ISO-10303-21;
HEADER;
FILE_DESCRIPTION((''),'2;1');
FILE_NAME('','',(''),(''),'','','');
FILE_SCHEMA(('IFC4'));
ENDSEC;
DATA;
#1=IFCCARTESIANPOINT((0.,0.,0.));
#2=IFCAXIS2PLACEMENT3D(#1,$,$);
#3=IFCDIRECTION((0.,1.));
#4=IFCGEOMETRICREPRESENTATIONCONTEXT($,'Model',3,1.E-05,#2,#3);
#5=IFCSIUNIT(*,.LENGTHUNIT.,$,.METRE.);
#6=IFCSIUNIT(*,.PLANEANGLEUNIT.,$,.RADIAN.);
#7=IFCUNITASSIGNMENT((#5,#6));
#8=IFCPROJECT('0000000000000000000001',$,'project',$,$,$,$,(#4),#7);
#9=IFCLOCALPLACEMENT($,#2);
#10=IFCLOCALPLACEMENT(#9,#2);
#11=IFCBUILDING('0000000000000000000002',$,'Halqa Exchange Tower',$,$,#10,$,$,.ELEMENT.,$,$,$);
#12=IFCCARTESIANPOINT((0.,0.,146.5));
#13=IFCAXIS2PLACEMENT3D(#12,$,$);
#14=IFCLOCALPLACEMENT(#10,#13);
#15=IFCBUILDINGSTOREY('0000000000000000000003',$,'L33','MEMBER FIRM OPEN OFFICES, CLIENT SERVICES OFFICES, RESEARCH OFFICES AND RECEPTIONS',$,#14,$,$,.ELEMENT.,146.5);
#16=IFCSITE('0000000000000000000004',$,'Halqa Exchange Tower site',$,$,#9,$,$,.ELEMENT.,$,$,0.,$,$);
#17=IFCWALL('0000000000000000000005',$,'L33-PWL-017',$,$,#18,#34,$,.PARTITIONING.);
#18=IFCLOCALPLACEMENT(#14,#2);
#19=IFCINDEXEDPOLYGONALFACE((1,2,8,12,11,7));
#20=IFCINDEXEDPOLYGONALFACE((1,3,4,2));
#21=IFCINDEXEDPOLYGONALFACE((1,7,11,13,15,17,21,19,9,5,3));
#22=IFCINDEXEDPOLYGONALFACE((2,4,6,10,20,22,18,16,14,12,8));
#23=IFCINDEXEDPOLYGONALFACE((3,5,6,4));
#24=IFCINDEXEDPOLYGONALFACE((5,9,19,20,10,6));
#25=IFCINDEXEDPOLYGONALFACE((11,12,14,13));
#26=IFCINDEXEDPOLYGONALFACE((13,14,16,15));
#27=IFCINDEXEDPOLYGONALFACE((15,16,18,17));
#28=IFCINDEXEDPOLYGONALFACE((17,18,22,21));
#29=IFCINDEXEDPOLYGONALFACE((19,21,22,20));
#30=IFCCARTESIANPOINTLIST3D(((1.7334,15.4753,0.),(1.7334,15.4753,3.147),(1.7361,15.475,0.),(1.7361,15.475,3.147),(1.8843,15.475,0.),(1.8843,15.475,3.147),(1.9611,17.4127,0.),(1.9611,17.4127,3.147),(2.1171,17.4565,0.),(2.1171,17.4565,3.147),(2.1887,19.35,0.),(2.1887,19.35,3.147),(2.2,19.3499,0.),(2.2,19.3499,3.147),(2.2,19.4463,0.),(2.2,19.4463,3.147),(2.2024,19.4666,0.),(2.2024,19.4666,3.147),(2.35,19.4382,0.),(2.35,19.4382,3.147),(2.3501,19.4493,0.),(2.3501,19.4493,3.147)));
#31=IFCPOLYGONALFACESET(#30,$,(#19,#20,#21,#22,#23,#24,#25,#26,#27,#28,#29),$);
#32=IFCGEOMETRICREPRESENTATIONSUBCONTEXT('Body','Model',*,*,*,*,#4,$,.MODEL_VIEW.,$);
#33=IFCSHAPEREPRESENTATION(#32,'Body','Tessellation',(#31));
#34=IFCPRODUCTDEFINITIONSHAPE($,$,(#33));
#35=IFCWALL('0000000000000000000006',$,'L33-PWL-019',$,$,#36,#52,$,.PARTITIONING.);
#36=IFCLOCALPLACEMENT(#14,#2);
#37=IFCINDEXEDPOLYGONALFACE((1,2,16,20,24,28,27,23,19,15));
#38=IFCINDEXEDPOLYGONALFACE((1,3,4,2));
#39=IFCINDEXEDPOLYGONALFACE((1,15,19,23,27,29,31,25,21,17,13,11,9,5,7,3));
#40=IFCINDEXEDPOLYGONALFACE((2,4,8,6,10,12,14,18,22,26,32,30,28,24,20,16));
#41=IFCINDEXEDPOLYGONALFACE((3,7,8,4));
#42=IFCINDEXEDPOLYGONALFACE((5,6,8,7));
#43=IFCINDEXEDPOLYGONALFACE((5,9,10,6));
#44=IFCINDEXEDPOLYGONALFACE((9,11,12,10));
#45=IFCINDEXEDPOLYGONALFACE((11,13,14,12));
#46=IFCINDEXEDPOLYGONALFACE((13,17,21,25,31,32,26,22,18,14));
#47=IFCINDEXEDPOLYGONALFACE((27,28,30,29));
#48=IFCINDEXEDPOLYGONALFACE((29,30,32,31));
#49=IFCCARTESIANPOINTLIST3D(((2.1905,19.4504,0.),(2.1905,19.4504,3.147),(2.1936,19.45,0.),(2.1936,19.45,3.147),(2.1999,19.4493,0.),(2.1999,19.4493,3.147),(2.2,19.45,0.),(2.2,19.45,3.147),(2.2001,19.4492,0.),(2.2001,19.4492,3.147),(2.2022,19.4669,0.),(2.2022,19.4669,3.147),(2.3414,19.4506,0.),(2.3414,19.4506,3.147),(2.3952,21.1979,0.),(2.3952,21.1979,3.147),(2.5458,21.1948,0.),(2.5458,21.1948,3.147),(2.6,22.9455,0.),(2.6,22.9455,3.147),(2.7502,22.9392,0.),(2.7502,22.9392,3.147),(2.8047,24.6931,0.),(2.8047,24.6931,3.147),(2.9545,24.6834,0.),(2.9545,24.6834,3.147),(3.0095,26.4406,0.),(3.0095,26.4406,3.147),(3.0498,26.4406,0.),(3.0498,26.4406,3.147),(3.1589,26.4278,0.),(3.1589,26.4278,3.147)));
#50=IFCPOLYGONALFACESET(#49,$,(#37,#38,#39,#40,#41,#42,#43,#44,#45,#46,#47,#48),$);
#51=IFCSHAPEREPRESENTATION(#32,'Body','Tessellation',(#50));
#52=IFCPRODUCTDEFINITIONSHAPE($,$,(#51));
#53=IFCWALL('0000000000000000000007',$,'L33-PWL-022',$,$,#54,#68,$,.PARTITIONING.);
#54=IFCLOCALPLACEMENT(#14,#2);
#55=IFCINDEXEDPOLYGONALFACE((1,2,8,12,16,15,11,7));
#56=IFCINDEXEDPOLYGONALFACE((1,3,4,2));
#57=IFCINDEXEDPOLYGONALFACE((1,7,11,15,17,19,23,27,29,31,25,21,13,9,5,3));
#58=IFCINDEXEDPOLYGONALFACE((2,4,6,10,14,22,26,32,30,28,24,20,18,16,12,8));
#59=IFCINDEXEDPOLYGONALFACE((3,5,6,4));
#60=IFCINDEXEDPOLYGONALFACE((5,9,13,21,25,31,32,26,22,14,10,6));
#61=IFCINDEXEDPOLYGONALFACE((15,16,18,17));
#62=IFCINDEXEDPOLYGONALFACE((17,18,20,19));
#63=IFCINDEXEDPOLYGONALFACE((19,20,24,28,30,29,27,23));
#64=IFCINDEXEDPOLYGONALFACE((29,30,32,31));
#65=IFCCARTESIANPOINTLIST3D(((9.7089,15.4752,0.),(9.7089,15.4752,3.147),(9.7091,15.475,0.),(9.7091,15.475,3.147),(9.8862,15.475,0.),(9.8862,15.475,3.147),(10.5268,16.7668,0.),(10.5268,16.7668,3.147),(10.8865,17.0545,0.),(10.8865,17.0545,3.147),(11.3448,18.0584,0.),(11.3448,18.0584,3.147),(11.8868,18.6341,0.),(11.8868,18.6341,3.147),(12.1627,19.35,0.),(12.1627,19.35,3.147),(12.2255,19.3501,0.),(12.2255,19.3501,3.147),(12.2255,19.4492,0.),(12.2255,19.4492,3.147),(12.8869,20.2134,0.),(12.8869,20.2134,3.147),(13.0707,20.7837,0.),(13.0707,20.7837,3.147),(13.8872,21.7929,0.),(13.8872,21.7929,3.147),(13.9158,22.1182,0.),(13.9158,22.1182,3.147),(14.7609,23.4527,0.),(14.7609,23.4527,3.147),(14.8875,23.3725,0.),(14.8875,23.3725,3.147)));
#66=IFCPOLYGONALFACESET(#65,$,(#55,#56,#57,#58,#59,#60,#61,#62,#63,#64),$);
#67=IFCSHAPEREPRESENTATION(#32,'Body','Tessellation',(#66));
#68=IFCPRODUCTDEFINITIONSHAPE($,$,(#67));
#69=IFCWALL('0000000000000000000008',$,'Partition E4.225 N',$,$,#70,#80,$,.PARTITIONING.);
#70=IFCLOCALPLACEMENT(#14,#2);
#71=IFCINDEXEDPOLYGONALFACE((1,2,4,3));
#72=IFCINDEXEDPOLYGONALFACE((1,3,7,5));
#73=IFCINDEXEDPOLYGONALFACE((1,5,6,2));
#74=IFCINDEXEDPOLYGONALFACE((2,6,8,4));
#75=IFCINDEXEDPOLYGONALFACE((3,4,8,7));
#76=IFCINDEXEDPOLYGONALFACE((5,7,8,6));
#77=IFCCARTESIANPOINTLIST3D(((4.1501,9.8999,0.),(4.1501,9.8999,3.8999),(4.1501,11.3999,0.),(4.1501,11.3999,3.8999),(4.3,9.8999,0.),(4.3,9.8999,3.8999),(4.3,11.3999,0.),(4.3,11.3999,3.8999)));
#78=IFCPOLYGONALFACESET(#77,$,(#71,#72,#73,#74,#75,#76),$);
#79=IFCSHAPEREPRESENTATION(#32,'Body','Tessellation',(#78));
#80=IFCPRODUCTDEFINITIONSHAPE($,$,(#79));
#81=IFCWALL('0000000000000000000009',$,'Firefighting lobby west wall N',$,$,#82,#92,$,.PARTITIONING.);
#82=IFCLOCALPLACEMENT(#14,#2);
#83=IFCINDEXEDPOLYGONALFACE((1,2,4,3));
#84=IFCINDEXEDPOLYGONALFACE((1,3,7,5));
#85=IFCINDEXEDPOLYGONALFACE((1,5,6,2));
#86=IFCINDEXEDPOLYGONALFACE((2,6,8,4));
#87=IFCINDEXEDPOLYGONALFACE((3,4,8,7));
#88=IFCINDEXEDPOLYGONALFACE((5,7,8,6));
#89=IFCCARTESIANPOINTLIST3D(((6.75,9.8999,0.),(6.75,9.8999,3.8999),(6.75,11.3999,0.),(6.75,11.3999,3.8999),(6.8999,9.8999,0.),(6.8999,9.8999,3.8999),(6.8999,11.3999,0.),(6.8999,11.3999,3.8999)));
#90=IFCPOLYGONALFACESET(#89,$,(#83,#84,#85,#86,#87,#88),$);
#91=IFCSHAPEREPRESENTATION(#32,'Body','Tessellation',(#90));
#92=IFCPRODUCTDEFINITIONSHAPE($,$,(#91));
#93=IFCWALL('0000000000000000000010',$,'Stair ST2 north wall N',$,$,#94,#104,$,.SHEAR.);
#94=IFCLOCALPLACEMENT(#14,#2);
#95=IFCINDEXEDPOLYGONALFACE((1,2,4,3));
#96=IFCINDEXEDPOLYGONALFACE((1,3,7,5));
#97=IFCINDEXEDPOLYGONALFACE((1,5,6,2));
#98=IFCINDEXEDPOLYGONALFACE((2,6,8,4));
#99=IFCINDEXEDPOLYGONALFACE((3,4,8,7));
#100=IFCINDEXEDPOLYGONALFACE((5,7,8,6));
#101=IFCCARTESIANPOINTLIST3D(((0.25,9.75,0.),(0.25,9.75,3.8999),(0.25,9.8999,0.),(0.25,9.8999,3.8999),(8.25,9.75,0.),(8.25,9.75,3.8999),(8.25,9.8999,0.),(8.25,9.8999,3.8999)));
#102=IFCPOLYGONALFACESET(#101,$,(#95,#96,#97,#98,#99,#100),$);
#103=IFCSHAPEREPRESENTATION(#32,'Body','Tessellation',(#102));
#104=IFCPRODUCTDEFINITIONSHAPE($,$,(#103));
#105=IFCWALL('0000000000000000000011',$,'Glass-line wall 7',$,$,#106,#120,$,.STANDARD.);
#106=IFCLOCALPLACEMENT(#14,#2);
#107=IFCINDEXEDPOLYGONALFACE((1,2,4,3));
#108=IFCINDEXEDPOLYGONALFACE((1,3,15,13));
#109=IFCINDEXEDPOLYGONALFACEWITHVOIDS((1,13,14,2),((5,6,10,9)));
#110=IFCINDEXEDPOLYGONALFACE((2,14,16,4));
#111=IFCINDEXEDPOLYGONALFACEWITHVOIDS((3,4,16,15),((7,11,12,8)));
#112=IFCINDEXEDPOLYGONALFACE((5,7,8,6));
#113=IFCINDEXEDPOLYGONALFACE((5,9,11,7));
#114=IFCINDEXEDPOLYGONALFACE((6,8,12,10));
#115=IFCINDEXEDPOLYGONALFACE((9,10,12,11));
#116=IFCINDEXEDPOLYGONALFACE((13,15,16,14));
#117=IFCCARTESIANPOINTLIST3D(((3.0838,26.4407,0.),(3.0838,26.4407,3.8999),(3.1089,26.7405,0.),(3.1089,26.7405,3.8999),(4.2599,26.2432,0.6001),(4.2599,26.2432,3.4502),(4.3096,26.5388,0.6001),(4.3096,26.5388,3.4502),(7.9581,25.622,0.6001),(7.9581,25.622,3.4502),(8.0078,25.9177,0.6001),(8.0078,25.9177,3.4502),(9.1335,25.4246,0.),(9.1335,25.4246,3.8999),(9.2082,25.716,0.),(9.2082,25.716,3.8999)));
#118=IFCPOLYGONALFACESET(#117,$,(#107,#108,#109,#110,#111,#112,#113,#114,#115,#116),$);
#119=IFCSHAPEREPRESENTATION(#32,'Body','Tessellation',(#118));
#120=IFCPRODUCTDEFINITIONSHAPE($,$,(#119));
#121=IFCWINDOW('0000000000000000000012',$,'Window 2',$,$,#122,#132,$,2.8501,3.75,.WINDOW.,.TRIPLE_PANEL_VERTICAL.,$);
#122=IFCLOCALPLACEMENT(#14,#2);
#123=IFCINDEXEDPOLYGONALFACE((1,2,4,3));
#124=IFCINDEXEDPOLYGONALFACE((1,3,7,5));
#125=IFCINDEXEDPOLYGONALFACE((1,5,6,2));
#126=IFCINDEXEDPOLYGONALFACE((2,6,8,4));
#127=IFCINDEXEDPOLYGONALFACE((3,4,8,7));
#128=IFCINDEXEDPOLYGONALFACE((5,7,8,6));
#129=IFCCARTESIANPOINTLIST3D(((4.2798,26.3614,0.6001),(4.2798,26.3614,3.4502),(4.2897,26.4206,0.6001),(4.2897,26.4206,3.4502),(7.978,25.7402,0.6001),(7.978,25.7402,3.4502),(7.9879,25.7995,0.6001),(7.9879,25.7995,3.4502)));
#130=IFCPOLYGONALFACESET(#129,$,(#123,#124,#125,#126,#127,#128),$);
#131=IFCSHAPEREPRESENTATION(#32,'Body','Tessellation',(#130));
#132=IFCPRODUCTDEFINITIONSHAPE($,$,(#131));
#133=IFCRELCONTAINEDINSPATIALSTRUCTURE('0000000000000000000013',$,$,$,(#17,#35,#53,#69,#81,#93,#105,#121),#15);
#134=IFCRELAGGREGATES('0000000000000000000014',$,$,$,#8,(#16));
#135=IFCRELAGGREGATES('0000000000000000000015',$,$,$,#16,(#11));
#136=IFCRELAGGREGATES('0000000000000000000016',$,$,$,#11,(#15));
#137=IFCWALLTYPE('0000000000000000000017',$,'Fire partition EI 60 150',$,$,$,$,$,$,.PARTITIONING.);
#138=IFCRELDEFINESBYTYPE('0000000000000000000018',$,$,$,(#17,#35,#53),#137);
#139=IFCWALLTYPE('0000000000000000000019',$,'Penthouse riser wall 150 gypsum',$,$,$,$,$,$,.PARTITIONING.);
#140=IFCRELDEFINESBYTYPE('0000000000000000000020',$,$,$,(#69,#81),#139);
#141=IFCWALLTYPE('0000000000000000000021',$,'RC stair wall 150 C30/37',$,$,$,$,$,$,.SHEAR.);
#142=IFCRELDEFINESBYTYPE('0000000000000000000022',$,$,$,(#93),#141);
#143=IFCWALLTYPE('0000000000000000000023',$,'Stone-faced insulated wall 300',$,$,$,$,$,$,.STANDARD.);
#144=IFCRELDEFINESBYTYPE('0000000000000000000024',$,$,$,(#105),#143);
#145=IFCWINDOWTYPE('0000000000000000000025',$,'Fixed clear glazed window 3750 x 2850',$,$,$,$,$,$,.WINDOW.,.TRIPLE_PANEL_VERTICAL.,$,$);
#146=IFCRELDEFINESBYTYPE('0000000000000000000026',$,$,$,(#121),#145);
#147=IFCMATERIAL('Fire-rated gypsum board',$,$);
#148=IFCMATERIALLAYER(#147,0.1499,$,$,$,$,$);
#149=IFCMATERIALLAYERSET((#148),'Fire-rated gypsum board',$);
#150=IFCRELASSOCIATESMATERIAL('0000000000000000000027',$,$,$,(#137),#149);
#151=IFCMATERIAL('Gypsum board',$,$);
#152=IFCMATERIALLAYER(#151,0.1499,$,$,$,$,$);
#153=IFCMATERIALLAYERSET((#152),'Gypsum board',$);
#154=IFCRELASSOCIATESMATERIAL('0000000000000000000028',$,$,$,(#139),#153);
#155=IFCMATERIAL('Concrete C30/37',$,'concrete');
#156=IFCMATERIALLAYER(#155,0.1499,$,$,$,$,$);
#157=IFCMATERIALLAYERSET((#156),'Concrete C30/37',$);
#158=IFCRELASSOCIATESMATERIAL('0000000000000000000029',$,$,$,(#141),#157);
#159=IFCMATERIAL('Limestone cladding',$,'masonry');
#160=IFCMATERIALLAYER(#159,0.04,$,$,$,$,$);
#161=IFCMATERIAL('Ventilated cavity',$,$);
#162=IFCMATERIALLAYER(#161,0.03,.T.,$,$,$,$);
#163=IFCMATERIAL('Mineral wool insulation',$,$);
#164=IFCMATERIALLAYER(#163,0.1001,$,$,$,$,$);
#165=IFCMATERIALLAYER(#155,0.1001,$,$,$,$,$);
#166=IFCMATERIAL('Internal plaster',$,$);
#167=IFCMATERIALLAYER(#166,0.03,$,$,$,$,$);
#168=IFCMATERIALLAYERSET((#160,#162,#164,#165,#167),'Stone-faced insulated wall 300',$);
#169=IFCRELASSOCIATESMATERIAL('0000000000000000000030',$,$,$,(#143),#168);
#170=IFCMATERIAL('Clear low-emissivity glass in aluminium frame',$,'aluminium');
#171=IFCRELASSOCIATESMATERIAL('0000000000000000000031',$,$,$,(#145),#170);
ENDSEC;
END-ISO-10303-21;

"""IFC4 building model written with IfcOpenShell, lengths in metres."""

from ifc_helpers import new_model, si_unit, direction, frame, frame_2d, origin, place, context, subcontext, project, spatial, polyline, rectangle, outline, extrude, material, layer, layer_set, type_object, element, fill, save


model = new_model("IFC4")

# Units and contexts
model_context = context("Model", 3, precision=1e-05, world=origin(), true_north=direction((0.0, 1.0)))
body_context = subcontext(model_context, "Body", "Model", "MODEL_VIEW")
ifc_project = project(units=[si_unit("LENGTHUNIT", "METRE"), si_unit("PLANEANGLEUNIT", "RADIAN")], contexts=[model_context])

# Site, building, storey
site_placement = place(None, origin())
site = spatial("IfcSite", under=ifc_project, at=site_placement, Name="Halqa Exchange Tower site", CompositionType="ELEMENT", RefElevation=0.0)
building_placement = place(site_placement, origin())
building = spatial("IfcBuilding", under=site, at=building_placement, Name="Halqa Exchange Tower", CompositionType="ELEMENT")
storey_placement = place(building_placement, frame((0.0, 0.0, 146.5)))
storey = spatial("IfcBuildingStorey", under=building, at=storey_placement, Name="L33", Description="MEMBER FIRM OPEN OFFICES, CLIENT SERVICES OFFICES, RESEARCH OFFICES AND RECEPTIONS", CompositionType="ELEMENT", Elevation=146.5)

# Walls
ifc_material_1 = material(Name="Fire-rated gypsum board")
ifc_layer_1 = layer(ifc_material_1, 0.1499)
ifc_layer_set_1 = layer_set([ifc_layer_1], Name="Fire-rated gypsum board")
wall_type_1 = type_object("IfcWallType", Name="Fire partition EI 60 150", PredefinedType="PARTITIONING", material=ifc_layer_set_1)
wall_1_placement = place(storey_placement, frame((1.8079, 15.4666, 0.0), z_axis=(0.0, 0.0, 1.0), x_axis=(0.116697, 0.993168, 0.0)))
element("IfcWall", 1, at=wall_1_placement, inside=storey, type_object=wall_type_1, Name="L33-PWL-017", PredefinedType="PARTITIONING", context=body_context, shape_type="SweptSolid", body=[
    extrude(outline(polyline([(0.0173, -0.075), (2.0125, -0.075), (4.0078, -0.075), (4.0188, -0.0737), (4.0188, 0.075), (3.9983, 0.075), (3.9026, 0.0637), (3.9014, 0.075), (1.9507, 0.075), (0.0, 0.075), (0.0, 0.0723), (0.0173, -0.075)])), origin(), (0.0, 0.0, 1.0), 3.147),
])
wall_2_placement = place(storey_placement, frame((2.2649, 19.4417, 0.0), z_axis=(0.0, 0.0, 1.0), x_axis=(0.116373, 0.993206, 0.0)))
element("IfcWall", 2, at=wall_2_placement, inside=storey, type_object=wall_type_1, Name="L33-PWL-019", PredefinedType="PARTITIONING", context=body_context, shape_type="SweptSolid", body=[
    extrude(outline(polyline([(7.0427, -0.075), (7.0427, 0.0349), (7.0381, 0.075), (5.2786, 0.075), (3.519, 0.075), (1.7595, 0.075), (0.0, 0.075), (0.0, 0.0718), (0.0007, 0.0654), (0.0, 0.0654), (0.0, 0.0652), (0.0178, 0.0652), (0.0178, -0.075), (1.7739, -0.075), (3.5303, -0.075), (5.2864, -0.075), (7.0427, -0.075)])), origin(), (0.0, 0.0, 1.0), 3.147),
])
wall_3_placement = place(storey_placement, frame((9.7722, 15.4351, 0.0), z_axis=(0.0, 0.0, 1.0), x_axis=(0.535019, 0.84484, 0.0)))
element("IfcWall", 3, at=wall_3_placement, inside=storey, type_object=wall_type_1, Name="L33-PWL-022", PredefinedType="PARTITIONING", context=body_context, shape_type="SweptSolid", body=[
    extrude(outline(polyline([(9.4426, 0.075), (7.863, 0.075), (6.2834, 0.075), (4.7039, 0.075), (4.6201, 0.022), (4.5864, 0.075), (3.0576, 0.075), (1.5288, 0.075), (0.0, 0.075), (0.0, 0.0747), (0.0947, -0.075), (1.9644, -0.075), (3.834, -0.075), (5.7034, -0.075), (7.573, -0.075), (9.4426, -0.075), (9.4426, 0.075)])), origin(), (0.0, 0.0, 1.0), 3.147),
])

# Shared definitions
ifc_material_2 = material(Name="Gypsum board")

# Walls
ifc_layer_2 = layer(ifc_material_2, 0.1499)
ifc_layer_set_2 = layer_set([ifc_layer_2], Name="Gypsum board")
wall_type_2 = type_object("IfcWallType", Name="Penthouse riser wall 150 gypsum", PredefinedType="PARTITIONING", material=ifc_layer_set_2)
for number, where, z_axis, x_axis, name in (
    (4, (4.2251, 9.8999, 0.0), (0.0, 0.0, 1.0), (0.0, 1.0, 0.0), "Partition E4.225 N"),
    (5, (6.825, 9.8999, 0.0), (0.0, 0.0, 1.0), (0.0, 1.0, 0.0), "Firefighting lobby west wall N"),
):
    element("IfcWall", number, at=place(storey_placement, frame(where, z_axis=z_axis, x_axis=x_axis)), inside=storey, type_object=wall_type_2, Name=name, PredefinedType="PARTITIONING", context=body_context, shape_type="SweptSolid", body=[
        extrude(rectangle(XDim=1.5, YDim=0.1499, at=frame_2d((0.75, 0.0))), origin(), (0.0, 0.0, 1.0), 3.8999),
    ])
ifc_material_3 = material(Name="Concrete C30/37", Category="concrete")
ifc_layer_3 = layer(ifc_material_3, 0.1499)
ifc_layer_set_3 = layer_set([ifc_layer_3], Name="Concrete C30/37")
wall_type_3 = type_object("IfcWallType", Name="RC stair wall 150 C30/37", PredefinedType="SHEAR", material=ifc_layer_set_3)
wall_4_placement = place(storey_placement, frame((0.25, 9.825, 0.0), z_axis=(0.0, 0.0, 1.0), x_axis=(1.0, 0.0, 0.0)))
element("IfcWall", 6, at=wall_4_placement, inside=storey, type_object=wall_type_3, Name="Stair ST2 north wall N", PredefinedType="SHEAR", context=body_context, shape_type="SweptSolid", body=[
    extrude(rectangle(XDim=8.0, YDim=0.1499, at=frame_2d((4.0, 0.0))), origin(), (0.0, 0.0, 1.0), 3.8999),
])

# Wall, opening, window
ifc_material_4 = material(Name="Limestone cladding", Category="masonry")
ifc_layer_4 = layer(ifc_material_4, 0.04)
ifc_material_5 = material(Name="Ventilated cavity")
ifc_layer_5 = layer(ifc_material_5, 0.03, ventilated=True)
ifc_material_6 = material(Name="Mineral wool insulation")
ifc_layer_6 = layer(ifc_material_6, 0.1001)
ifc_layer_7 = layer(ifc_material_3, 0.1001)
ifc_material_7 = material(Name="Internal plaster")
ifc_layer_8 = layer(ifc_material_7, 0.03)
ifc_layer_set_4 = layer_set([ifc_layer_4, ifc_layer_5, ifc_layer_6, ifc_layer_7, ifc_layer_8], Name="Stone-faced insulated wall 300")
wall_type_4 = type_object("IfcWallType", Name="Stone-faced insulated wall 300", PredefinedType="STANDARD", material=ifc_layer_set_4)
wall_5_placement = place(storey_placement, frame((9.1709, 25.5703, 0.0), z_axis=(0.0, 0.0, 1.0), x_axis=(-0.986186, 0.165639, 0.0)))
wall_5 = element("IfcWall", 7, at=wall_5_placement, inside=storey, type_object=wall_type_4, Name="Glass-line wall 7", PredefinedType="STANDARD", context=body_context, shape_type="SweptSolid", body=[
    extrude(outline(polyline([(-0.0127, -0.1499), (6.1721, -0.1499), (6.1472, 0.1499), (0.0127, 0.1499), (-0.0127, -0.1499)])), origin(), (0.0, 0.0, 1.0), 3.8999),
])
opening_1_placement = place(wall_5_placement, frame((1.2046, 0.0, 0.6001)))
opening_1 = element("IfcOpeningElement", 8, at=opening_1_placement, cuts=wall_5, PredefinedType="OPENING", context=body_context, shape_type="SweptSolid", body=[
    extrude(rectangle(XDim=3.75, YDim=2.8501, at=frame_2d((1.875, 1.425))), frame((0.0, 0.1621, 0.0), z_axis=(0.0, -1.0, 0.0), x_axis=(1.0, 0.0, 0.0)), (0.0, 0.0, 1.0), 0.324),
])
ifc_material_8 = material(Name="Clear low-emissivity glass in aluminium frame", Category="aluminium")
window_type = type_object("IfcWindowType", Name="Fixed clear glazed window 3750 x 2850", PartitioningType="TRIPLE_PANEL_VERTICAL", PredefinedType="WINDOW", material=ifc_material_8)
window_placement = place(opening_1_placement, origin())
window = element("IfcWindow", 9, at=window_placement, inside=storey, type_object=window_type, Name="Window 2", OverallHeight=2.8501, OverallWidth=3.75, PartitioningType="TRIPLE_PANEL_VERTICAL", PredefinedType="WINDOW", context=body_context, shape_type="SweptSolid", body=[
    extrude(rectangle(XDim=3.75, YDim=2.8501, at=frame_2d((1.875, 1.425))), frame((0.0, 0.03, 0.0), z_axis=(0.0, -1.0, 0.0), x_axis=(1.0, 0.0, 0.0)), (0.0, 0.0, 1.0), 0.0601),
])
fill(opening_1, window)

save(model, "model.ifc")
